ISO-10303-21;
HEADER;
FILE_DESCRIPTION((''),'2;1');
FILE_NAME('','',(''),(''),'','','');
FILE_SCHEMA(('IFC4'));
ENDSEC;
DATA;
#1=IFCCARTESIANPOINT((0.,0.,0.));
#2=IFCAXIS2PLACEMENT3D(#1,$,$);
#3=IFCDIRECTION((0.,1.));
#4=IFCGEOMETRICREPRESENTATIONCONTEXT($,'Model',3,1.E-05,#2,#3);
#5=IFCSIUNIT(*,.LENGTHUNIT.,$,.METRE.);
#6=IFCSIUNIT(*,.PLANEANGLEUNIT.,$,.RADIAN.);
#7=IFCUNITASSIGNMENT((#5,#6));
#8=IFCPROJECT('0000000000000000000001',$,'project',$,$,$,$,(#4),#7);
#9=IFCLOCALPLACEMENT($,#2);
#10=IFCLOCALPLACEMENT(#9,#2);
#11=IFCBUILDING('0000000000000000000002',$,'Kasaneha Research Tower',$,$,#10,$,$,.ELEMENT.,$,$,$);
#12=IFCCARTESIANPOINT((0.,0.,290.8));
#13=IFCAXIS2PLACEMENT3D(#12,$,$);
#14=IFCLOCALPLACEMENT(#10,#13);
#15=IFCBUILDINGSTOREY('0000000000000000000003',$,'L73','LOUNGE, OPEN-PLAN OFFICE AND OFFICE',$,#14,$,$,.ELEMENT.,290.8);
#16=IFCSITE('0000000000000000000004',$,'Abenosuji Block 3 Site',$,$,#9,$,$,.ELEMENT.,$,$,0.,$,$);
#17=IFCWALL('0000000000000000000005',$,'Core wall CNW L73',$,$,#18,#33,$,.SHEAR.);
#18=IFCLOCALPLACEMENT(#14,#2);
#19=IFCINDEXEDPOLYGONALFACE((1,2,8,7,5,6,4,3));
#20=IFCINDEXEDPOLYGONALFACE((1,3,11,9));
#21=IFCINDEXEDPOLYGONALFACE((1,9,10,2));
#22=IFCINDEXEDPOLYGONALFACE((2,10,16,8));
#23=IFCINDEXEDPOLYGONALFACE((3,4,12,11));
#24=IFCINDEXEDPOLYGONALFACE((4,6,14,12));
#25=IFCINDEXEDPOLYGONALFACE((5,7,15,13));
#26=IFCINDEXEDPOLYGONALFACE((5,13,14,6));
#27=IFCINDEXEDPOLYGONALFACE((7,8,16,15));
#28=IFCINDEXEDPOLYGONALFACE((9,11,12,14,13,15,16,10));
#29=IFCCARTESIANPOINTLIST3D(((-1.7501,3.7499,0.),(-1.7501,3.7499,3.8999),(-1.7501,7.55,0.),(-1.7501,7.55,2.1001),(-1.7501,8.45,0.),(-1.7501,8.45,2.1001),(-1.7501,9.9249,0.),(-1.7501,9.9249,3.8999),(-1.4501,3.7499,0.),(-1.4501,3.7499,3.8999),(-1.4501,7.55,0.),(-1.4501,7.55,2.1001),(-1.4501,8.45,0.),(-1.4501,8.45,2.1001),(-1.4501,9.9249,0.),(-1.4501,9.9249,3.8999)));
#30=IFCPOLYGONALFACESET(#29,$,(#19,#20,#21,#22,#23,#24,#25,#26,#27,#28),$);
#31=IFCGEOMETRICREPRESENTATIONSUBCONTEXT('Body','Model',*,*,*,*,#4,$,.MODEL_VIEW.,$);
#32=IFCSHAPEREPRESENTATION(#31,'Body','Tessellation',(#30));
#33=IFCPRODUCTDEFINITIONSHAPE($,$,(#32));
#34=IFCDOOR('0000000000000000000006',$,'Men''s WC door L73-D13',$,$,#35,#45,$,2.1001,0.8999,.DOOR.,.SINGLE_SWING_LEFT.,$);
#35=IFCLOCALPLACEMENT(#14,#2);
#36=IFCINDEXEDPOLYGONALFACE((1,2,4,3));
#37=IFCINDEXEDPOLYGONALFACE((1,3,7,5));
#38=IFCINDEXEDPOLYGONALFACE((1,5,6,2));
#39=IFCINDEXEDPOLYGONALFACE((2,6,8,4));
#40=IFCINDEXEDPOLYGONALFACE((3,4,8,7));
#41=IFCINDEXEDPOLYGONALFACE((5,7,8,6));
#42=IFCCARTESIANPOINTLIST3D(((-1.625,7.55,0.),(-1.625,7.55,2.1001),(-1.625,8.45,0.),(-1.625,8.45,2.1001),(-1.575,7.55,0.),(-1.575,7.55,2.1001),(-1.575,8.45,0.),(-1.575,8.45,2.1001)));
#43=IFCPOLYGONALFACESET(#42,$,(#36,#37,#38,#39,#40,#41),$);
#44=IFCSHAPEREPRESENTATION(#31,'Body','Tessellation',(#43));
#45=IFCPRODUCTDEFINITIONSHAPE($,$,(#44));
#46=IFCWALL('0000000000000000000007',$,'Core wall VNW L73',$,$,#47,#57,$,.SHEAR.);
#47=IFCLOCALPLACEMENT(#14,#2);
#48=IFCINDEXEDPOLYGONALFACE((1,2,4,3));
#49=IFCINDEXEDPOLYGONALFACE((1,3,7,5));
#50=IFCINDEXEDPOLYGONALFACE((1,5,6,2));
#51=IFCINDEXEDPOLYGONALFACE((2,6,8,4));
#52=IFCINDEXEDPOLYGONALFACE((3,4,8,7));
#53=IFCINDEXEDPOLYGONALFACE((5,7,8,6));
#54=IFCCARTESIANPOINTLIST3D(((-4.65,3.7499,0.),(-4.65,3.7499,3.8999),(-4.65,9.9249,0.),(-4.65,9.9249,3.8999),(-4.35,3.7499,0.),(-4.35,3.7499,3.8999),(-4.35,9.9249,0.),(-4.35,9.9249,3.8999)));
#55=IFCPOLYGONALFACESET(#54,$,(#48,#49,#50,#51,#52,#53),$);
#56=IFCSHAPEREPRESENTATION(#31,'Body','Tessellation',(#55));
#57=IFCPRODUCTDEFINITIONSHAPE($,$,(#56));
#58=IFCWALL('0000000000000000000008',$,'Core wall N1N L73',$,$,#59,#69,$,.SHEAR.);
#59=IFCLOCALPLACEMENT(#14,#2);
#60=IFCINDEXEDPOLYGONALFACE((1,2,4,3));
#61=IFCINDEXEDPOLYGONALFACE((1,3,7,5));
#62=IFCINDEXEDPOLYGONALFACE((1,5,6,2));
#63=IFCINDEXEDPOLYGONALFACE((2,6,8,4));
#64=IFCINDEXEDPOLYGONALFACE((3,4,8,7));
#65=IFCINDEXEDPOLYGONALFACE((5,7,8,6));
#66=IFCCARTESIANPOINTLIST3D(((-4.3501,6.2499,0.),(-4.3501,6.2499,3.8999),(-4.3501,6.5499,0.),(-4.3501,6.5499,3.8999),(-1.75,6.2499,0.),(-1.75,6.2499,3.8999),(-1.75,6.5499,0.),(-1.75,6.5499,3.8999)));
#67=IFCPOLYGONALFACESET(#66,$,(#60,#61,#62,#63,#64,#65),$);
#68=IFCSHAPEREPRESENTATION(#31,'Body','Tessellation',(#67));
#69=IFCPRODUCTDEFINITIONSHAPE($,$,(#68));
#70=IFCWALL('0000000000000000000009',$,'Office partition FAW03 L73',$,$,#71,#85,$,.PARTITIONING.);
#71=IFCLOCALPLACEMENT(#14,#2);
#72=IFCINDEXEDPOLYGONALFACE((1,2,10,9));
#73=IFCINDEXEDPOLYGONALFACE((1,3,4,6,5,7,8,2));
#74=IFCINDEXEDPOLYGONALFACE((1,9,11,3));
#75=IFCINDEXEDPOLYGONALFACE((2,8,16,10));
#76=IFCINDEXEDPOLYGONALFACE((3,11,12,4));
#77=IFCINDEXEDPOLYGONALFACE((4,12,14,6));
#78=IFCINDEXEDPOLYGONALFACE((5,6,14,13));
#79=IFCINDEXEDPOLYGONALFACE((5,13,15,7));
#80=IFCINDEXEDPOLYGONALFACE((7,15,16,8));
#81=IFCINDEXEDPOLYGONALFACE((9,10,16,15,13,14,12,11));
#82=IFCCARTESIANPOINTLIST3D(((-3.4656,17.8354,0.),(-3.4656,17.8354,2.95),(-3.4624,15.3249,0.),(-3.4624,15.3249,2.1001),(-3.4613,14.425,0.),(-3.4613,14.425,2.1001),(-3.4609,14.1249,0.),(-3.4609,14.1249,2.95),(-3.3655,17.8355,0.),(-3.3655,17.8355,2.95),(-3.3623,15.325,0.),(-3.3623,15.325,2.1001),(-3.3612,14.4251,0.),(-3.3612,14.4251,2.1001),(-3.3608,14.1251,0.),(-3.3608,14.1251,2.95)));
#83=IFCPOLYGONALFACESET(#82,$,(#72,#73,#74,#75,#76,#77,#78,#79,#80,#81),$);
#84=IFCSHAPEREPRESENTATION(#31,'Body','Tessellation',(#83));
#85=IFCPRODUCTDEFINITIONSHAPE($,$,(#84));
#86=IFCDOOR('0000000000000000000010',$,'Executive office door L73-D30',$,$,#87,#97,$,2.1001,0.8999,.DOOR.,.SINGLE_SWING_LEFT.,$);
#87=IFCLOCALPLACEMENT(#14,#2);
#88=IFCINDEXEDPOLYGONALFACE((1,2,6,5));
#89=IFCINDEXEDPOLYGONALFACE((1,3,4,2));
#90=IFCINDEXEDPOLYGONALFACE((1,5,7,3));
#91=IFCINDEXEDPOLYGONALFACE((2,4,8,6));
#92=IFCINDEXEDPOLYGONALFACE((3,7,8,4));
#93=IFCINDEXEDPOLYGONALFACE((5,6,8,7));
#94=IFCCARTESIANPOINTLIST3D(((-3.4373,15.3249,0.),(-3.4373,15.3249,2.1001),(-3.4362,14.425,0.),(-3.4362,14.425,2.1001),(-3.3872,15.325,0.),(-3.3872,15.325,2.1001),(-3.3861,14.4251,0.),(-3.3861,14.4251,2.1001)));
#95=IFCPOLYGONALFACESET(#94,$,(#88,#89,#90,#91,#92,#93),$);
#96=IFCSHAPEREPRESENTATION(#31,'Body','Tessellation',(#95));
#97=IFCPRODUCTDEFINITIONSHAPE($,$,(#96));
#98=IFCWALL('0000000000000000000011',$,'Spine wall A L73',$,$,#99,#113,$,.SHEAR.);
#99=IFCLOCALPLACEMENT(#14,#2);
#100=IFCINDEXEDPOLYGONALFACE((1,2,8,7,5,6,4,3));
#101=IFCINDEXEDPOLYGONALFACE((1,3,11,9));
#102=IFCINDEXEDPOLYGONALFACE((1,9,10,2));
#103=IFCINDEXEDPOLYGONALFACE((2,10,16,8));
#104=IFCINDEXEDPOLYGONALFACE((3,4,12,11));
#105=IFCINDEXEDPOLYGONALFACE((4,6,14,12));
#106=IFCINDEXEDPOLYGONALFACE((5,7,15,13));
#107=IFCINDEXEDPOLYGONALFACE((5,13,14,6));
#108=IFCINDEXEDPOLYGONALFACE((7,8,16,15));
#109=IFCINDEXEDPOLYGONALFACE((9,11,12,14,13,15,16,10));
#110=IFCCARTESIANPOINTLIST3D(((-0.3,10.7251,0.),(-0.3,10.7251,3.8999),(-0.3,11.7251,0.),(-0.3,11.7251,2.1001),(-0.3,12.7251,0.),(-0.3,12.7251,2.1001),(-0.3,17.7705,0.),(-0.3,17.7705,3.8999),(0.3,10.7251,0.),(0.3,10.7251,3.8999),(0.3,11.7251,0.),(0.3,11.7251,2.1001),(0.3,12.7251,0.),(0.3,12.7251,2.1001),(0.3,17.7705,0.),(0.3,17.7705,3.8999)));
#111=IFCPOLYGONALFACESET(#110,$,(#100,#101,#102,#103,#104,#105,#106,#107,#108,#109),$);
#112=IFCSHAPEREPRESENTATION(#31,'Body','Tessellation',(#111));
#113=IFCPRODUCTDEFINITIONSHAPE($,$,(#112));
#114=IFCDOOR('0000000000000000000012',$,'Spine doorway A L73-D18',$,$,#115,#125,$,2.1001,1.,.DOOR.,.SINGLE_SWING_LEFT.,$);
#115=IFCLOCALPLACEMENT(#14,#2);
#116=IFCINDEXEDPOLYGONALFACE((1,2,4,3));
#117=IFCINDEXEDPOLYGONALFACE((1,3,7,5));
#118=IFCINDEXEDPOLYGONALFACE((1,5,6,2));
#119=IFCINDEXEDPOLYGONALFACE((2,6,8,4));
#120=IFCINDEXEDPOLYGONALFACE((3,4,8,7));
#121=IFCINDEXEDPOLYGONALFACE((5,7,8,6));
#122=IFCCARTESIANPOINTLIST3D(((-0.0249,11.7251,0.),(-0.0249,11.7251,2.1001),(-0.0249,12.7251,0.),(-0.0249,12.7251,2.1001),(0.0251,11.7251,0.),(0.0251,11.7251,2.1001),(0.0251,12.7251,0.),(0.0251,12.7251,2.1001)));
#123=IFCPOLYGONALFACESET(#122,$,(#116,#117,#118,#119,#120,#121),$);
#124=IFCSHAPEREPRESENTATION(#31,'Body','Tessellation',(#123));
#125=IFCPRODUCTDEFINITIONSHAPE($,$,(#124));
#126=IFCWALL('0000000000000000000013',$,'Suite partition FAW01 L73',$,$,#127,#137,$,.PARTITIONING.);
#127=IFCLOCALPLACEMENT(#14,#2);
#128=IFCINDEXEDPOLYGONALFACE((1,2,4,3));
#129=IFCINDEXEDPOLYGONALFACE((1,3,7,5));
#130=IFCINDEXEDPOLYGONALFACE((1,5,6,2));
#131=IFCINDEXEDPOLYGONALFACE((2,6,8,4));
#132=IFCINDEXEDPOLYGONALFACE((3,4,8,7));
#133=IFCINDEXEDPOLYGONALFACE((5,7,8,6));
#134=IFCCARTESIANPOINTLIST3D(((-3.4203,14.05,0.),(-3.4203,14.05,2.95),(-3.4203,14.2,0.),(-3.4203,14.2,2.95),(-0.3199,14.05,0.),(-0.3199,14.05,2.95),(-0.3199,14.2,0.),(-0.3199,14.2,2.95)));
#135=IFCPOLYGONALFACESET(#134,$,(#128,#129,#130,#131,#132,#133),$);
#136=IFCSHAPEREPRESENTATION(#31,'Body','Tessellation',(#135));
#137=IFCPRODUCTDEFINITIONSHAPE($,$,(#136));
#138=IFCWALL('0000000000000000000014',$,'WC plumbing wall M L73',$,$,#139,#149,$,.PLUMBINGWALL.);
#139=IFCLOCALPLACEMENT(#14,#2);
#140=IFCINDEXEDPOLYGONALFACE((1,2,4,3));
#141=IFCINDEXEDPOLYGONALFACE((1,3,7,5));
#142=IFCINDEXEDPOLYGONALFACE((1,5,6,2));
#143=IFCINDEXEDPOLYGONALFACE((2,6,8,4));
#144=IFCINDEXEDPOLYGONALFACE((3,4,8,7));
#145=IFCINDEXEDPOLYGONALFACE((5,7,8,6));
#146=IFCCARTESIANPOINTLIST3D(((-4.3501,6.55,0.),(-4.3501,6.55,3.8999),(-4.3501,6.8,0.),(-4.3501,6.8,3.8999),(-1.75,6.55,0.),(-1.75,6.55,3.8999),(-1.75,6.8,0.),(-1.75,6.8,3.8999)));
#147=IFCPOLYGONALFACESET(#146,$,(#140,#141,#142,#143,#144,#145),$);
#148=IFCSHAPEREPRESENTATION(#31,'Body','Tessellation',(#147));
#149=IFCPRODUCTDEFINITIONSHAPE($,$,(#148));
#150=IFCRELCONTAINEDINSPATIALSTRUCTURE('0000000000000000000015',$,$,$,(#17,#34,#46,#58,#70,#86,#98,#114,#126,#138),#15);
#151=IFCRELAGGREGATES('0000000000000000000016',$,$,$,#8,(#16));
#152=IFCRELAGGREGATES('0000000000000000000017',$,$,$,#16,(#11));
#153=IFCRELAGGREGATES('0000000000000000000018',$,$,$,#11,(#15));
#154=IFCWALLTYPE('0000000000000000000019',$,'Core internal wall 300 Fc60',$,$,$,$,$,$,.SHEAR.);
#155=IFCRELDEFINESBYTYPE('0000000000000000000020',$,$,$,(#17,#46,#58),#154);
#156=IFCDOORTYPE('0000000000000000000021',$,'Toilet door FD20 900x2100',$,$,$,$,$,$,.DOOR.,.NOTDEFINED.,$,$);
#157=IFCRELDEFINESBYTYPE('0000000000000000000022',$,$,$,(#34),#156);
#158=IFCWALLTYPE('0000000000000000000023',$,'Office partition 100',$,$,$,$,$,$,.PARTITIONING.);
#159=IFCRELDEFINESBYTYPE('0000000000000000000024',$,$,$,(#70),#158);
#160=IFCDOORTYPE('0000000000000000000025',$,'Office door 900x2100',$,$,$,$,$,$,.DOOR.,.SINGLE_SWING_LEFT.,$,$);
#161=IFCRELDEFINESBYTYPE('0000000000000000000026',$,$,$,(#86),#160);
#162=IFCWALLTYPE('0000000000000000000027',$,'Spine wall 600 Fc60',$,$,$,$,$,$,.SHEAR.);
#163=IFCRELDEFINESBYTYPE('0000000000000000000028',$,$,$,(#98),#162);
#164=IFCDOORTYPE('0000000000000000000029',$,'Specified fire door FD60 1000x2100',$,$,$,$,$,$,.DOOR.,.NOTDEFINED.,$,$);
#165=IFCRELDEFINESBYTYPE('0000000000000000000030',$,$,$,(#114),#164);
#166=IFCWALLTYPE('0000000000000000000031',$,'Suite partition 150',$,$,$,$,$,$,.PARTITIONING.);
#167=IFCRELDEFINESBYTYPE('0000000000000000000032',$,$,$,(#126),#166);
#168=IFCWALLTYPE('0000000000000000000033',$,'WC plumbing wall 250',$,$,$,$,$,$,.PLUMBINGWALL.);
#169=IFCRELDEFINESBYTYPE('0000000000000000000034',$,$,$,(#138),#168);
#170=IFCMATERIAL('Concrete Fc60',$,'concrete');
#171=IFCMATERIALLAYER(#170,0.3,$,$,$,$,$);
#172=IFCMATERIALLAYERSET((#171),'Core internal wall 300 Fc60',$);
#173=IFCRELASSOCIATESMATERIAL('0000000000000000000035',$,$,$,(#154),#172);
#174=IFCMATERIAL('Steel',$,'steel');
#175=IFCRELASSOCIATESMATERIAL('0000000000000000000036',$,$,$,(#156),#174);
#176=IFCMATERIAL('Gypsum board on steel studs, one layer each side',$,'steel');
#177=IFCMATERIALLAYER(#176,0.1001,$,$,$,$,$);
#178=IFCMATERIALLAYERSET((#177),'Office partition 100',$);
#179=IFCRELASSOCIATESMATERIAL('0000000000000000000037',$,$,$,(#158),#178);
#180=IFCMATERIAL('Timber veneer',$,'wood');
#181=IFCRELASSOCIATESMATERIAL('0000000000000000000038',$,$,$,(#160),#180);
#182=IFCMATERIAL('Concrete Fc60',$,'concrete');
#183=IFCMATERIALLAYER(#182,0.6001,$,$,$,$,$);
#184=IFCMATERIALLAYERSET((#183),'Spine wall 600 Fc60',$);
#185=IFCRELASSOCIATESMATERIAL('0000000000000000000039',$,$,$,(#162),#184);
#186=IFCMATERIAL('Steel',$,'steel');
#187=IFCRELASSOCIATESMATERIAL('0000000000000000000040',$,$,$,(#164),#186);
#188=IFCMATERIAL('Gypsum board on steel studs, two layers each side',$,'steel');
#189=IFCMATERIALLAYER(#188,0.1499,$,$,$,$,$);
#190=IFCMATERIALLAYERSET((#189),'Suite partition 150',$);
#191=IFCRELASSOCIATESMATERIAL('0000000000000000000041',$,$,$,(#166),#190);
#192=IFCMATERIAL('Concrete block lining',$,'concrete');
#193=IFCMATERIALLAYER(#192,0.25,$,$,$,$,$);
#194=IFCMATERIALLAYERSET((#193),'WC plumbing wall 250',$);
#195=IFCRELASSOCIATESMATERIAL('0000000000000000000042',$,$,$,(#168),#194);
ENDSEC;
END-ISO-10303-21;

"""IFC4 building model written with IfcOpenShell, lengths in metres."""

from ifc_helpers import new_model, si_unit, direction, frame, frame_2d, origin, place, context, subcontext, project, spatial, rectangle, extrude, material, layer, layer_set, type_object, element, fill, save


model = new_model("IFC4")

# Units and contexts
model_context = context("Model", 3, precision=1e-05, world=origin(), true_north=direction((0.0, 1.0)))
body_context = subcontext(model_context, "Body", "Model", "MODEL_VIEW")
ifc_project = project(units=[si_unit("LENGTHUNIT", "METRE"), si_unit("PLANEANGLEUNIT", "RADIAN")], contexts=[model_context])

# Site, building, storey
site_placement = place(None, origin())
site = spatial("IfcSite", under=ifc_project, at=site_placement, Name="Abenosuji Block 3 Site", CompositionType="ELEMENT", RefElevation=0.0)
building_placement = place(site_placement, origin())
building = spatial("IfcBuilding", under=site, at=building_placement, Name="Kasaneha Research Tower", CompositionType="ELEMENT")
storey_placement = place(building_placement, frame((0.0, 0.0, 290.8)))
storey = spatial("IfcBuildingStorey", under=building, at=storey_placement, Name="L73", Description="LOUNGE, OPEN-PLAN OFFICE AND OFFICE", CompositionType="ELEMENT", Elevation=290.8)

# Wall, opening, door
ifc_material_1 = material(Name="Concrete Fc60", Category="concrete")
ifc_layer_1 = layer(ifc_material_1, 0.3)
ifc_layer_set_1 = layer_set([ifc_layer_1], Name="Core internal wall 300 Fc60")
wall_type_1 = type_object("IfcWallType", Name="Core internal wall 300 Fc60", PredefinedType="SHEAR", material=ifc_layer_set_1)
wall_1_placement = place(storey_placement, frame((-1.6001, 3.75, 0.0), z_axis=(0.0, 0.0, 1.0), x_axis=(0.0, 1.0, 0.0)))
wall_1 = element("IfcWall", 1, at=wall_1_placement, inside=storey, type_object=wall_type_1, Name="Core wall CNW L73", PredefinedType="SHEAR", context=body_context, shape_type="SweptSolid", body=[
    extrude(rectangle(XDim=6.175, YDim=0.3, at=frame_2d((3.0874, 0.0))), origin(), (0.0, 0.0, 1.0), 3.8999),
])
opening_1_placement = place(wall_1_placement, frame((3.8, 0.0, 0.0)))
opening_1 = element("IfcOpeningElement", 2, at=opening_1_placement, cuts=wall_1, PredefinedType="OPENING", context=body_context, shape_type="SweptSolid", body=[
    extrude(rectangle(XDim=0.8999, YDim=2.1001, at=frame_2d((0.45, 1.05))), frame((0.0, 0.1602, 0.0), z_axis=(0.0, -1.0, 0.0), x_axis=(1.0, 0.0, 0.0)), (0.0, 0.0, 1.0), 0.3201),
])
ifc_material_2 = material(Name="Steel", Category="steel")
door_type_1 = type_object("IfcDoorType", Name="Toilet door FD20 900x2100", OperationType="NOTDEFINED", PredefinedType="DOOR", material=ifc_material_2)
door_1_placement = place(opening_1_placement, origin())
door_1 = element("IfcDoor", 3, at=door_1_placement, inside=storey, type_object=door_type_1, Name="Men's WC door L73-D13", OperationType="SINGLE_SWING_LEFT", OverallHeight=2.1001, OverallWidth=0.8999, PredefinedType="DOOR", context=body_context, shape_type="SweptSolid", body=[
    extrude(rectangle(XDim=0.8999, YDim=2.1001, at=frame_2d((0.45, 1.05))), frame((0.0, 0.0249, 0.0), z_axis=(0.0, -1.0, 0.0), x_axis=(1.0, 0.0, 0.0)), (0.0, 0.0, 1.0), 0.05),
])
fill(opening_1, door_1)

# Walls
wall_2_placement = place(storey_placement, frame((-4.5, 3.75, 0.0), z_axis=(0.0, 0.0, 1.0), x_axis=(0.0, 1.0, 0.0)))
element("IfcWall", 4, at=wall_2_placement, inside=storey, type_object=wall_type_1, Name="Core wall VNW L73", PredefinedType="SHEAR", context=body_context, shape_type="SweptSolid", body=[
    extrude(rectangle(XDim=6.175, YDim=0.3, at=frame_2d((3.0874, 0.0))), origin(), (0.0, 0.0, 1.0), 3.8999),
])
wall_3_placement = place(storey_placement, frame((-4.3501, 6.3999, 0.0), z_axis=(0.0, 0.0, 1.0), x_axis=(1.0, 0.0, 0.0)))
element("IfcWall", 5, at=wall_3_placement, inside=storey, type_object=wall_type_1, Name="Core wall N1N L73", PredefinedType="SHEAR", context=body_context, shape_type="SweptSolid", body=[
    extrude(rectangle(XDim=2.6001, YDim=0.3, at=frame_2d((1.3, 0.0))), origin(), (0.0, 0.0, 1.0), 3.8999),
])

# Walls, openings, doors
ifc_material_3 = material(Name="Gypsum board on steel studs, one layer each side", Category="steel")
ifc_layer_2 = layer(ifc_material_3, 0.1001)
ifc_layer_set_2 = layer_set([ifc_layer_2], Name="Office partition 100")
wall_type_2 = type_object("IfcWallType", Name="Office partition 100", PredefinedType="PARTITIONING", material=ifc_layer_set_2)
wall_4_placement = place(storey_placement, frame((-3.4109, 14.125, 0.0), z_axis=(0.0, 0.0, 1.0), x_axis=(-0.00125, 0.999999, 0.0)))
wall_4 = element("IfcWall", 6, at=wall_4_placement, inside=storey, type_object=wall_type_2, Name="Office partition FAW03 L73", PredefinedType="PARTITIONING", context=body_context, shape_type="SweptSolid", body=[
    extrude(rectangle(XDim=3.7104, YDim=0.1001, at=frame_2d((1.8552, 0.0))), origin(), (0.0, 0.0, 1.0), 2.95),
])
opening_2_placement = place(wall_4_placement, frame((0.3, 0.0, 0.0)))
opening_2 = element("IfcOpeningElement", 7, at=opening_2_placement, cuts=wall_4, PredefinedType="OPENING", context=body_context, shape_type="SweptSolid", body=[
    extrude(rectangle(XDim=0.8999, YDim=2.1001, at=frame_2d((0.45, 1.05))), frame((0.0, 0.0601, 0.0), z_axis=(0.0, -1.0, 0.0), x_axis=(1.0, 0.0, 0.0)), (0.0, 0.0, 1.0), 0.1201),
])
ifc_material_4 = material(Name="Timber veneer", Category="wood")
door_type_2 = type_object("IfcDoorType", Name="Office door 900x2100", OperationType="SINGLE_SWING_LEFT", PredefinedType="DOOR", material=ifc_material_4)
door_2_placement = place(opening_2_placement, origin())
door_2 = element("IfcDoor", 8, at=door_2_placement, inside=storey, type_object=door_type_2, Name="Executive office door L73-D30", OperationType="SINGLE_SWING_LEFT", OverallHeight=2.1001, OverallWidth=0.8999, PredefinedType="DOOR", context=body_context, shape_type="SweptSolid", body=[
    extrude(rectangle(XDim=0.8999, YDim=2.1001, at=frame_2d((0.45, 1.05))), frame((0.0, 0.0249, 0.0), z_axis=(0.0, -1.0, 0.0), x_axis=(1.0, 0.0, 0.0)), (0.0, 0.0, 1.0), 0.05),
])
fill(opening_2, door_2)
ifc_material_5 = material(Name="Concrete Fc60", Category="concrete")
ifc_layer_3 = layer(ifc_material_5, 0.6001)
ifc_layer_set_3 = layer_set([ifc_layer_3], Name="Spine wall 600 Fc60")
wall_type_3 = type_object("IfcWallType", Name="Spine wall 600 Fc60", PredefinedType="SHEAR", material=ifc_layer_set_3)
wall_5_placement = place(storey_placement, frame((0.0, 10.7251, 0.0), z_axis=(0.0, 0.0, 1.0), x_axis=(0.0, 1.0, 0.0)))
wall_5 = element("IfcWall", 9, at=wall_5_placement, inside=storey, type_object=wall_type_3, Name="Spine wall A L73", PredefinedType="SHEAR", context=body_context, shape_type="SweptSolid", body=[
    extrude(rectangle(XDim=7.0454, YDim=0.6001, at=frame_2d((3.5227, 0.0))), origin(), (0.0, 0.0, 1.0), 3.8999),
])
opening_3_placement = place(wall_5_placement, frame((1.0, 0.0, 0.0)))
opening_3 = element("IfcOpeningElement", 10, at=opening_3_placement, cuts=wall_5, PredefinedType="OPENING", context=body_context, shape_type="SweptSolid", body=[
    extrude(rectangle(XDim=1.0, YDim=2.1001, at=frame_2d((0.5, 1.05))), frame((0.0, 0.3101, 0.0), z_axis=(0.0, -1.0, 0.0), x_axis=(1.0, 0.0, 0.0)), (0.0, 0.0, 1.0), 0.6201),
])
ifc_material_6 = material(Name="Steel", Category="steel")
door_type_3 = type_object("IfcDoorType", Name="Specified fire door FD60 1000x2100", OperationType="NOTDEFINED", PredefinedType="DOOR", material=ifc_material_6)
door_3_placement = place(opening_3_placement, origin())
door_3 = element("IfcDoor", 11, at=door_3_placement, inside=storey, type_object=door_type_3, Name="Spine doorway A L73-D18", OperationType="SINGLE_SWING_LEFT", OverallHeight=2.1001, OverallWidth=1.0, PredefinedType="DOOR", context=body_context, shape_type="SweptSolid", body=[
    extrude(rectangle(XDim=1.0, YDim=2.1001, at=frame_2d((0.5, 1.05))), frame((0.0, 0.0249, 0.0), z_axis=(0.0, -1.0, 0.0), x_axis=(1.0, 0.0, 0.0)), (0.0, 0.0, 1.0), 0.05),
])
fill(opening_3, door_3)

# Walls
ifc_material_7 = material(Name="Gypsum board on steel studs, two layers each side", Category="steel")
ifc_layer_4 = layer(ifc_material_7, 0.1499)
ifc_layer_set_4 = layer_set([ifc_layer_4], Name="Suite partition 150")
wall_type_4 = type_object("IfcWallType", Name="Suite partition 150", PredefinedType="PARTITIONING", material=ifc_layer_set_4)
wall_6_placement = place(storey_placement, frame((-3.4204, 14.125, 0.0), z_axis=(0.0, 0.0, 1.0), x_axis=(1.0, 0.0, 0.0)))
element("IfcWall", 12, at=wall_6_placement, inside=storey, type_object=wall_type_4, Name="Suite partition FAW01 L73", PredefinedType="PARTITIONING", context=body_context, shape_type="SweptSolid", body=[
    extrude(rectangle(XDim=3.1003, YDim=0.1499, at=frame_2d((1.5503, 0.0))), origin(), (0.0, 0.0, 1.0), 2.95),
])
ifc_material_8 = material(Name="Concrete block lining", Category="concrete")
ifc_layer_5 = layer(ifc_material_8, 0.25)
ifc_layer_set_5 = layer_set([ifc_layer_5], Name="WC plumbing wall 250")
wall_type_5 = type_object("IfcWallType", Name="WC plumbing wall 250", PredefinedType="PLUMBINGWALL", material=ifc_layer_set_5)
wall_7_placement = place(storey_placement, frame((-4.3501, 6.675, 0.0), z_axis=(0.0, 0.0, 1.0), x_axis=(1.0, 0.0, 0.0)))
element("IfcWall", 13, at=wall_7_placement, inside=storey, type_object=wall_type_5, Name="WC plumbing wall M L73", PredefinedType="PLUMBINGWALL", context=body_context, shape_type="SweptSolid", body=[
    extrude(rectangle(XDim=2.6001, YDim=0.25, at=frame_2d((1.3, 0.0))), origin(), (0.0, 0.0, 1.0), 3.8999),
])

save(model, "model.ifc")
